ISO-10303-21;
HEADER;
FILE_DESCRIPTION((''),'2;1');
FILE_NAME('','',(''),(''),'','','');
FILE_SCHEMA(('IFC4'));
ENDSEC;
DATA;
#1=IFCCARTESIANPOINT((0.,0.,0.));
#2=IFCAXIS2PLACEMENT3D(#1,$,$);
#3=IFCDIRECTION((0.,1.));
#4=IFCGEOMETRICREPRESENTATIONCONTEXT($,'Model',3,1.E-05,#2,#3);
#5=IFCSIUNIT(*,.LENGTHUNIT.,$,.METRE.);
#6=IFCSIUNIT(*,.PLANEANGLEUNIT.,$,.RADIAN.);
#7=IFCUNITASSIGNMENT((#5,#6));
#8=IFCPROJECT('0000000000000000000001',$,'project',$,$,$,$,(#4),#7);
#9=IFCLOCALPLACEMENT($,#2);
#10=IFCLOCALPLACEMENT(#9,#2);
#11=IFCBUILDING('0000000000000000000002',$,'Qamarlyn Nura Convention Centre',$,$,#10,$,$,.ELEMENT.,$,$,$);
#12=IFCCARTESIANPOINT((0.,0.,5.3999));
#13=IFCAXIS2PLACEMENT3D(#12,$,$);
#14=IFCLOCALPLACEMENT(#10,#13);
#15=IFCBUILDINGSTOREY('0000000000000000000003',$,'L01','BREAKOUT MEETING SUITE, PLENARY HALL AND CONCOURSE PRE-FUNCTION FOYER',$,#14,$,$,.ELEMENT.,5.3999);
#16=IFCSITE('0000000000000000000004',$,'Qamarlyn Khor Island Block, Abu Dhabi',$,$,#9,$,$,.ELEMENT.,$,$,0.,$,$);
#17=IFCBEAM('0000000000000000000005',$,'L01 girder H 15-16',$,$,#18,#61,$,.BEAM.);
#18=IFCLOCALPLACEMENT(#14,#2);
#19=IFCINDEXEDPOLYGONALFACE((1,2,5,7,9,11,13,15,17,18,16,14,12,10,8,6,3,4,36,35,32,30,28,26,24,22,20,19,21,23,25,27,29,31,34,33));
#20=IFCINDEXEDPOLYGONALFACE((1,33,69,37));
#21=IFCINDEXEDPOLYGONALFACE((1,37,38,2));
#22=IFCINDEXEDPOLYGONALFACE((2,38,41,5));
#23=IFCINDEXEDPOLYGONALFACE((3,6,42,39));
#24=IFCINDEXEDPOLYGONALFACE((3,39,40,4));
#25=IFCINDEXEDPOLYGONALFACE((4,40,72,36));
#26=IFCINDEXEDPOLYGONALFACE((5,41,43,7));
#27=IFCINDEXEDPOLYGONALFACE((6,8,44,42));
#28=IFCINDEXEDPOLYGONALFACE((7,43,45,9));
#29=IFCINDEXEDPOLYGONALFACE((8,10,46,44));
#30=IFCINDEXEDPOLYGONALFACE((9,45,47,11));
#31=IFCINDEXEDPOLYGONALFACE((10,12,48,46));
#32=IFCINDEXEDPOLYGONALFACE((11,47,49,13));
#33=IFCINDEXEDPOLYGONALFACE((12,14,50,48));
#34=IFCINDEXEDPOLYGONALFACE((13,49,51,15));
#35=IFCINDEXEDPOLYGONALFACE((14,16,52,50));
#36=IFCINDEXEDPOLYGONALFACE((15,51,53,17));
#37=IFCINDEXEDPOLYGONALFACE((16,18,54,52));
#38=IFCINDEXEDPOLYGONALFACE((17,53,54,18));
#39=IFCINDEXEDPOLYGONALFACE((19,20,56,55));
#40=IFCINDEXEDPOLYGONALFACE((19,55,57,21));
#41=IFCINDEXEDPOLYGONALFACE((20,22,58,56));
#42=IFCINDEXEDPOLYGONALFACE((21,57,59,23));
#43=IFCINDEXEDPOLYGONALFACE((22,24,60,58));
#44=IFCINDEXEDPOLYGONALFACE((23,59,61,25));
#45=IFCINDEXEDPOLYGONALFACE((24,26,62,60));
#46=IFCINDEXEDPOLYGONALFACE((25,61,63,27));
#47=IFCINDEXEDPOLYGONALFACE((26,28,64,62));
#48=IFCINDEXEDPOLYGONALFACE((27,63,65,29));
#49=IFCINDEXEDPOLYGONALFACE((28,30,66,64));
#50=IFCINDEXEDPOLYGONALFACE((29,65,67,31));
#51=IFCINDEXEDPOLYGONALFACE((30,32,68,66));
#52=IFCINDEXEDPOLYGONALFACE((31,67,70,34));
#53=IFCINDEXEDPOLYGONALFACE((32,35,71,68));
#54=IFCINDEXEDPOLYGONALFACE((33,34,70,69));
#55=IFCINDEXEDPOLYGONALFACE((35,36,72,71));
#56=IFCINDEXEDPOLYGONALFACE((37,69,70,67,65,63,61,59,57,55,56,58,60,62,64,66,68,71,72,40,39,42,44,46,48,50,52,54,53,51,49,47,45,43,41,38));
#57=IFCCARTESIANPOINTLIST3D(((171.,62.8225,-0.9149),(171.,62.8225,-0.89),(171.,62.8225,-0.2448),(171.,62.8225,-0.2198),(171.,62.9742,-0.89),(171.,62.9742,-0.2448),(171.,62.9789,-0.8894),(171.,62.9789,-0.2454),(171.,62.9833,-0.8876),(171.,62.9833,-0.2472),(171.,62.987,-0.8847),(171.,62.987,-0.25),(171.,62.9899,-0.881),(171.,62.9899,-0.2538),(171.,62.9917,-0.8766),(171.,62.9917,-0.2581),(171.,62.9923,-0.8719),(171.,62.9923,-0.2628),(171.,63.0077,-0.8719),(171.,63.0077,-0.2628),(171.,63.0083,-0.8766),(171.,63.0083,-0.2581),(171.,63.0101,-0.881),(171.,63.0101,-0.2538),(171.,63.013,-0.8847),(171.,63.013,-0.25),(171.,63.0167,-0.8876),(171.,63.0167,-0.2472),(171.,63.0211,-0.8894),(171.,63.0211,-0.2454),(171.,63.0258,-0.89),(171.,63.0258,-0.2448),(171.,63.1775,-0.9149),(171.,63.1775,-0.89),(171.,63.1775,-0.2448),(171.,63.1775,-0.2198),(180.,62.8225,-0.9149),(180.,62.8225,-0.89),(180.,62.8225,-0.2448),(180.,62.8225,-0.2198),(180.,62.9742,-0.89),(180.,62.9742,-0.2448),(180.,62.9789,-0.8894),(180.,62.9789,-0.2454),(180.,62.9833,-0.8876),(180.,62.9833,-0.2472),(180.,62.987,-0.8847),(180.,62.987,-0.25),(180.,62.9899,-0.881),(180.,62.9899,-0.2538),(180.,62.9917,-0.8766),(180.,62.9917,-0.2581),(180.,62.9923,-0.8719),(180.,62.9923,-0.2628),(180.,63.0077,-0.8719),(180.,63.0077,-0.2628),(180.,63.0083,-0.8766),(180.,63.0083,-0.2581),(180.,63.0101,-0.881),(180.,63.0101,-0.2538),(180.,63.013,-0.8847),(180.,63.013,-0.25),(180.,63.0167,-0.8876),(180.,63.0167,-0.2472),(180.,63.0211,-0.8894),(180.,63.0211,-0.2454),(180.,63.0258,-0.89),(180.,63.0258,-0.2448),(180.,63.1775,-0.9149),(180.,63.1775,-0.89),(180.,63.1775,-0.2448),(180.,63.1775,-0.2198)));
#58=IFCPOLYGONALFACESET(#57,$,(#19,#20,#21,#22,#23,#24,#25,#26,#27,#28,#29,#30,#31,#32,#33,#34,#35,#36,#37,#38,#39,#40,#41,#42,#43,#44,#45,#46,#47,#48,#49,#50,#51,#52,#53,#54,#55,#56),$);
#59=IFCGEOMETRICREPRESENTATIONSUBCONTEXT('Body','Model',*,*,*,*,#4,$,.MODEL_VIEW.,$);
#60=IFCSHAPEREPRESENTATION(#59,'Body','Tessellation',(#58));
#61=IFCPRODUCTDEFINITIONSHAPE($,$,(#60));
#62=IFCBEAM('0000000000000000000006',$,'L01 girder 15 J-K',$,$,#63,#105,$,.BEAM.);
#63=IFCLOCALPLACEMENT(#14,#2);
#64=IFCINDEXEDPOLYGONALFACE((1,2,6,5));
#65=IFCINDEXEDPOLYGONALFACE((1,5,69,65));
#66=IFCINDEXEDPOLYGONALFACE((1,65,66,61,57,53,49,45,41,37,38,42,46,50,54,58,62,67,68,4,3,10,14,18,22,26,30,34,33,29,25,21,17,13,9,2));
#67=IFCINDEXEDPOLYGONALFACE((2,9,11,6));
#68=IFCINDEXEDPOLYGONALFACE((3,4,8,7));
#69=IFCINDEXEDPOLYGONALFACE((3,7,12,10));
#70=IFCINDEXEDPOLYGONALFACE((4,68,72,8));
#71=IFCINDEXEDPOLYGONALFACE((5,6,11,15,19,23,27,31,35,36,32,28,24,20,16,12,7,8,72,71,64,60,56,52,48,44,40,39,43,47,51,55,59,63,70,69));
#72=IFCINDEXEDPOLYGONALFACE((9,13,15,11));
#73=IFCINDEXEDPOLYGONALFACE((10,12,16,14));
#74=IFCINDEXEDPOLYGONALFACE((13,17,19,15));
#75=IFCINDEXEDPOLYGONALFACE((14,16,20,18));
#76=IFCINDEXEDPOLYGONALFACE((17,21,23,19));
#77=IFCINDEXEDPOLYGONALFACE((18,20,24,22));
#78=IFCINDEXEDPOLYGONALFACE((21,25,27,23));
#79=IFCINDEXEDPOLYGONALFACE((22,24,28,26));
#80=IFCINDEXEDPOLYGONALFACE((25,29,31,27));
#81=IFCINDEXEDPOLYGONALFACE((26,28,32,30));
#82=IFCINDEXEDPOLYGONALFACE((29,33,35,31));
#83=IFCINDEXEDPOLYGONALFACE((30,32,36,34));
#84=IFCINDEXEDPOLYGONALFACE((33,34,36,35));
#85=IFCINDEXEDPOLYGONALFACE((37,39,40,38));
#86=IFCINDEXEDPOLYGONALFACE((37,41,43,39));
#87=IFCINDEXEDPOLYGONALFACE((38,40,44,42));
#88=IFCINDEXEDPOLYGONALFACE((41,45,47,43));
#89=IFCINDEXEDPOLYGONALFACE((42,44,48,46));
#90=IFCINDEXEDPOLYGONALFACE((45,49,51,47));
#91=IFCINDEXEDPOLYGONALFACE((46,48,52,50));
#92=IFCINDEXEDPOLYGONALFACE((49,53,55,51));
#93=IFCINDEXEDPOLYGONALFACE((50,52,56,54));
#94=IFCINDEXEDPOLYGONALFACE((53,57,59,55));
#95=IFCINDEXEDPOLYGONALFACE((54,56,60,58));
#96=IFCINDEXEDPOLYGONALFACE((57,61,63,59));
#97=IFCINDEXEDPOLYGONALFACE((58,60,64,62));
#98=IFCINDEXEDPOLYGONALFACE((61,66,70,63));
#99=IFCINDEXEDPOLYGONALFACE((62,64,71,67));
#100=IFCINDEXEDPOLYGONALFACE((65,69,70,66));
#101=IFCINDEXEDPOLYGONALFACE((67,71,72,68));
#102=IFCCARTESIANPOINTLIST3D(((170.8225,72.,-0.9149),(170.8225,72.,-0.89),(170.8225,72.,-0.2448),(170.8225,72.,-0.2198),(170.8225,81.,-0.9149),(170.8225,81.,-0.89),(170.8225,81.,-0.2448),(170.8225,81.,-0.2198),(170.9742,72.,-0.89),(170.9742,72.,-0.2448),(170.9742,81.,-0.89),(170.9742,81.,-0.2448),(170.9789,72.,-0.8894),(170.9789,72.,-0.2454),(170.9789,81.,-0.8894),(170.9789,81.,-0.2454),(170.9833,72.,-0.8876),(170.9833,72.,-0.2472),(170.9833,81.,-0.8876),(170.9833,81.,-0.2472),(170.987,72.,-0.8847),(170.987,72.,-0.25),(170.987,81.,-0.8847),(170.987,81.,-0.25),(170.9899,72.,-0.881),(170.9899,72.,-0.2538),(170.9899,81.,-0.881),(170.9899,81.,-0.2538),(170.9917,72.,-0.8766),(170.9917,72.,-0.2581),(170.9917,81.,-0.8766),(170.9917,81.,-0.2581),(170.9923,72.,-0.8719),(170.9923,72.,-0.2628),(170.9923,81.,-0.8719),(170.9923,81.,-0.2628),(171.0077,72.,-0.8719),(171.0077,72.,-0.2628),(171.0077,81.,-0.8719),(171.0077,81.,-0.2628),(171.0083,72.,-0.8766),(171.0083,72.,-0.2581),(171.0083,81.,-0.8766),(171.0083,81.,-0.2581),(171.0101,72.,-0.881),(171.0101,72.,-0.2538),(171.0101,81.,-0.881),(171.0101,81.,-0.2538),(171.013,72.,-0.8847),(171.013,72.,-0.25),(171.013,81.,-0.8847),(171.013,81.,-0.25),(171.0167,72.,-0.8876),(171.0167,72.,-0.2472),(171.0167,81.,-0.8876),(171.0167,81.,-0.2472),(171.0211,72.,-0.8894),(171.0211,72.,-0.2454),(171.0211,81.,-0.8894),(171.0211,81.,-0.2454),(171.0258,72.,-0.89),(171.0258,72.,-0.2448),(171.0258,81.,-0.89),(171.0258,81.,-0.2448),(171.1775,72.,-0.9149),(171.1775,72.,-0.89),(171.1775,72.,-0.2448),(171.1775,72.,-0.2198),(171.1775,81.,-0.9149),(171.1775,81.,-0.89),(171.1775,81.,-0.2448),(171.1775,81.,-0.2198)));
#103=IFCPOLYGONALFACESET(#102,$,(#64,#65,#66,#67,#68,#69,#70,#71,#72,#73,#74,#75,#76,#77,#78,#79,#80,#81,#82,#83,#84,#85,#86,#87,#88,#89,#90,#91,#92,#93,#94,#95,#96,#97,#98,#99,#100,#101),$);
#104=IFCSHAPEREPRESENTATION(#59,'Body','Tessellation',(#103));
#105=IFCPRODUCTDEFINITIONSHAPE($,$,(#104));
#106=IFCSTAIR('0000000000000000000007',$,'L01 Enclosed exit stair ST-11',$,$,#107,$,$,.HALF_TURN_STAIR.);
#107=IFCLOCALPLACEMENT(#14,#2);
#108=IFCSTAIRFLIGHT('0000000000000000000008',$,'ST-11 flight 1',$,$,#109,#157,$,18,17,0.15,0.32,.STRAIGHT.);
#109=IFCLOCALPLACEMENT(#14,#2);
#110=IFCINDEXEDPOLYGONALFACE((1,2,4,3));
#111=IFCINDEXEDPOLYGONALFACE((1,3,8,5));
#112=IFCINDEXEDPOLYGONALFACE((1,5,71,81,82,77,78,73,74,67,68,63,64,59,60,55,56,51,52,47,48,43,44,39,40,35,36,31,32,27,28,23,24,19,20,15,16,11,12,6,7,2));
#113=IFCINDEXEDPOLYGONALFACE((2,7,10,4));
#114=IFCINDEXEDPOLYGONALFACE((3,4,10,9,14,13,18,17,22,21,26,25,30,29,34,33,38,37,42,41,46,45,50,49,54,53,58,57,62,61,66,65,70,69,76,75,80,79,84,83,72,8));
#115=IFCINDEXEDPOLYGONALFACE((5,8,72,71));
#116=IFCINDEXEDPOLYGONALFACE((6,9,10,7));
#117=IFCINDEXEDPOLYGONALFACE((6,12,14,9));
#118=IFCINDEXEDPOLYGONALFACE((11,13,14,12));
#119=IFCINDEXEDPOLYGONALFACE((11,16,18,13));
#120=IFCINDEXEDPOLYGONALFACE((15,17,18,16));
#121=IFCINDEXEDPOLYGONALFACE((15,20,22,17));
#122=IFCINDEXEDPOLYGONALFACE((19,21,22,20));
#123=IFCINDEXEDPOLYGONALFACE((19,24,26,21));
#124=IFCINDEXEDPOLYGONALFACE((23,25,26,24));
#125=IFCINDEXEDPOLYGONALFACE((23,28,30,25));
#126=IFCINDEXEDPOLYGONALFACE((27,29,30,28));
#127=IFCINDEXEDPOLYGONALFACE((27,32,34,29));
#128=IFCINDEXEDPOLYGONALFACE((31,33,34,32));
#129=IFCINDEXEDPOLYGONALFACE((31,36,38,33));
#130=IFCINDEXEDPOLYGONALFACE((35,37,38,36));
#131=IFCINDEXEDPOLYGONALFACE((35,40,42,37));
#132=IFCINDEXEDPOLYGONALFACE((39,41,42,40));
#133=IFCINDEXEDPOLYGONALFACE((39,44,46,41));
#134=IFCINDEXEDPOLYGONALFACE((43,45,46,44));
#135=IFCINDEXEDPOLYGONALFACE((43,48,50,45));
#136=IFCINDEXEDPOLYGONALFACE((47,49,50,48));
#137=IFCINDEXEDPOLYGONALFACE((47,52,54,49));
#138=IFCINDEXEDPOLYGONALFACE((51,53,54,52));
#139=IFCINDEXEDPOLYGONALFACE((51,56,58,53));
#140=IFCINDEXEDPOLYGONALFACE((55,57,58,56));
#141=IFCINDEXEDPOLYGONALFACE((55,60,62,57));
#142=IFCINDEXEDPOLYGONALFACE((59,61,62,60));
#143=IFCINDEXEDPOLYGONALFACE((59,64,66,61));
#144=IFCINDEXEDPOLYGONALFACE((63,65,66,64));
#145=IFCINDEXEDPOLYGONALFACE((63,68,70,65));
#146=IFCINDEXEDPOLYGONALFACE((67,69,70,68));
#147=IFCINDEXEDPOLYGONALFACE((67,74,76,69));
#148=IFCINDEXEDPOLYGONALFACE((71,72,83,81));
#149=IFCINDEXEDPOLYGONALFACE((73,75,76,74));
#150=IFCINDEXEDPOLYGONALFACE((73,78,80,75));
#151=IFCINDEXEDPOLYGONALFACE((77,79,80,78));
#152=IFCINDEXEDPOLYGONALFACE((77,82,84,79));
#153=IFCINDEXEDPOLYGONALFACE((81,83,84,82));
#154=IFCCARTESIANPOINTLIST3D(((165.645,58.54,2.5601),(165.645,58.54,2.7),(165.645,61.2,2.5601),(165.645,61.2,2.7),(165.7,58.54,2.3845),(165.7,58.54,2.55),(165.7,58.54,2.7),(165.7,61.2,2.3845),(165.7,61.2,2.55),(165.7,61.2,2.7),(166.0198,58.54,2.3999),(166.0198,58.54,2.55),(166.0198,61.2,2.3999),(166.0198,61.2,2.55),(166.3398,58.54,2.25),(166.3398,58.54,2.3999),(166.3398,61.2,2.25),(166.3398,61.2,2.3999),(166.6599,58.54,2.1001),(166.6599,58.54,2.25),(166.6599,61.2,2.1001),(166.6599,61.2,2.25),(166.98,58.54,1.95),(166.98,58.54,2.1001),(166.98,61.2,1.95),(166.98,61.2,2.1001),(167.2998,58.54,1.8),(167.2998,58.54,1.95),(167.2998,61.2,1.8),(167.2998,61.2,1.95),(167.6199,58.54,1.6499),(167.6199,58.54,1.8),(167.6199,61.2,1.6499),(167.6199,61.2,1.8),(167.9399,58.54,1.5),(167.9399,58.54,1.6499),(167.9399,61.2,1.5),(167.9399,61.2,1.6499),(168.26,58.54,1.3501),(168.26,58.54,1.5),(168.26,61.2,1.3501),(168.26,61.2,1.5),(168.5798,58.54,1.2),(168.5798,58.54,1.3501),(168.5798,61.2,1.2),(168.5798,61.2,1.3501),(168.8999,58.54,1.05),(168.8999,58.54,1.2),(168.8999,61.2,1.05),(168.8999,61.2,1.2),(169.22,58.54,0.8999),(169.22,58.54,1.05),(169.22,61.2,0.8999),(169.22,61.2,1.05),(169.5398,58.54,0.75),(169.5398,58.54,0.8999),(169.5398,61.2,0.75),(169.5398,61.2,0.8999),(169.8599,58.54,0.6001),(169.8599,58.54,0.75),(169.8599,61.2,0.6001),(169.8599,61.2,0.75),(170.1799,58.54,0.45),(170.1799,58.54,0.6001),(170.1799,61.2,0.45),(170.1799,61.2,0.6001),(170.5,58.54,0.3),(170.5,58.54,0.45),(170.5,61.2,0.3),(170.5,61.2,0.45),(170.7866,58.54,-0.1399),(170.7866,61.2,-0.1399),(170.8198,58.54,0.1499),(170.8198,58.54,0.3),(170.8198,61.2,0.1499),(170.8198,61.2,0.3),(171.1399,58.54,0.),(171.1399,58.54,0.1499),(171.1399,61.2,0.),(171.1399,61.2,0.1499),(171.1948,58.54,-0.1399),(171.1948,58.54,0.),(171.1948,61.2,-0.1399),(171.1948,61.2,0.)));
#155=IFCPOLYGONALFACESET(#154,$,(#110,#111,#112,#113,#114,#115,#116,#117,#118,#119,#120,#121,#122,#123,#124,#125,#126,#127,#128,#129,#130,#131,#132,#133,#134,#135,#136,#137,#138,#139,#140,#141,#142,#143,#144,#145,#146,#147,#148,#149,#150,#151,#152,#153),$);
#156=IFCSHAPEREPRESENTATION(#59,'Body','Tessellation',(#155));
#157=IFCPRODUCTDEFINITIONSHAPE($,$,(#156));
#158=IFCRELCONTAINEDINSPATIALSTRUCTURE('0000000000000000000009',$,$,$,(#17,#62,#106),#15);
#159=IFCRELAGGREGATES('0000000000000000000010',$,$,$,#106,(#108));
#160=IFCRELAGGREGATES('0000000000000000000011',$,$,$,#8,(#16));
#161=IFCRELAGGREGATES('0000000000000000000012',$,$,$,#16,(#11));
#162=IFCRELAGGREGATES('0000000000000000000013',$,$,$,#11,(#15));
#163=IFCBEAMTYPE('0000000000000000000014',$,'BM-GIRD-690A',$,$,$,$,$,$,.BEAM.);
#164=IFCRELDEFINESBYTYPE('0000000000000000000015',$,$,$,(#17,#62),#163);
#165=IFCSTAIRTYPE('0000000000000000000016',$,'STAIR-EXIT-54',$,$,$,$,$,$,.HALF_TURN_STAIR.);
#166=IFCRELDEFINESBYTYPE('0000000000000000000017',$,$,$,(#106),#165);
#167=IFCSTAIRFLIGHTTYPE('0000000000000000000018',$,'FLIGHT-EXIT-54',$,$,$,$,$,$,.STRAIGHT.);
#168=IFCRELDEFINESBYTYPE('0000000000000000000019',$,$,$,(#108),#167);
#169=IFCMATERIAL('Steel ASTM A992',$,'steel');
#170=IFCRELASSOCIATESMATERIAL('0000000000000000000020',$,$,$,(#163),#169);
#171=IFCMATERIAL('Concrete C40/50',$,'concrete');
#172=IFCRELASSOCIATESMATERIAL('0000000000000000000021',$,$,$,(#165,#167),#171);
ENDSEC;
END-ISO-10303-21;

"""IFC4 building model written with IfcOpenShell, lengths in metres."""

from ifc_helpers import new_model, si_unit, direction, frame, origin, origin_2d, place, context, subcontext, project, spatial, polyline, i_section, outline, extrude, material, material_profile, profile_set, type_object, element, aggregate, save


model = new_model("IFC4")

# Units and contexts
model_context = context("Model", 3, precision=1e-05, world=origin(), true_north=direction((0.0, 1.0)))
body_context = subcontext(model_context, "Body", "Model", "MODEL_VIEW")
ifc_project = project(units=[si_unit("LENGTHUNIT", "METRE"), si_unit("PLANEANGLEUNIT", "RADIAN")], contexts=[model_context])

# Site, building, storey
site_placement = place(None, origin())
site = spatial("IfcSite", under=ifc_project, at=site_placement, Name="Qamarlyn Khor Island Block, Abu Dhabi", CompositionType="ELEMENT", RefElevation=0.0)
building_placement = place(site_placement, origin())
building = spatial("IfcBuilding", under=site, at=building_placement, Name="Qamarlyn Nura Convention Centre", CompositionType="ELEMENT")
storey_placement = place(building_placement, frame((0.0, 0.0, 5.3999)))
storey = spatial("IfcBuildingStorey", under=building, at=storey_placement, Name="L01", Description="BREAKOUT MEETING SUITE, PLENARY HALL AND CONCOURSE PRE-FUNCTION FOYER", CompositionType="ELEMENT", Elevation=5.3999)

# Shared definitions
ifc_material_1 = material(Name="Steel ASTM A992", Category="steel")

# Beams
ifc_material_profile_1 = material_profile(ifc_material_1, i_section(OverallWidth=0.355, OverallDepth=0.6951, WebThickness=0.0154, FlangeThickness=0.0249, FilletRadius=0.0181, at=origin_2d()), Name="W690X217")
ifc_profile_set_1 = profile_set([ifc_material_profile_1], Name="Steel ASTM A992")
beam_type_1 = type_object("IfcBeamType", Name="BM-GIRD-690A", PredefinedType="BEAM", material=ifc_profile_set_1)
for number, where, z_axis, x_axis, name in (
    (1, (171.0, 63.0, -0.5674), (1.0, 0.0, 0.0), (0.0, 1.0, 0.0), "L01 girder H 15-16"),
    (2, (171.0, 72.0, -0.5674), (0.0, 1.0, 0.0), (-1.0, 0.0, 0.0), "L01 girder 15 J-K"),
):
    element("IfcBeam", number, at=place(storey_placement, frame(where, z_axis=z_axis, x_axis=x_axis)), inside=storey, type_object=beam_type_1, Name=name, PredefinedType="BEAM", context=body_context, shape_type="SweptSolid", body=[
        extrude(i_section(OverallWidth=0.355, OverallDepth=0.6951, WebThickness=0.0154, FlangeThickness=0.0249, FilletRadius=0.0181, at=origin_2d()), origin(), (0.0, 0.0, 1.0), 9.0),
    ])

# Stair, stair flight
ifc_material_2 = material(Name="Concrete C40/50", Category="concrete")
stair_type = type_object("IfcStairType", Name="STAIR-EXIT-54", PredefinedType="HALF_TURN_STAIR", material=ifc_material_2)
stair_1_placement = place(storey_placement, origin())
stair_1 = element("IfcStair", 3, at=stair_1_placement, inside=storey, type_object=stair_type, Name="L01 Enclosed exit stair ST-11", PredefinedType="HALF_TURN_STAIR")
stair_flight_type = type_object("IfcStairFlightType", Name="FLIGHT-EXIT-54", PredefinedType="STRAIGHT", material=ifc_material_2)
stair_flight_1_placement = place(storey_placement, frame((171.1399, 59.8701, 0.0), z_axis=(0.0, 0.0, 1.0), x_axis=(-1.0, 0.0, 0.0)))
stair_flight_1 = element("IfcStairFlight", 4, at=stair_flight_1_placement, type_object=stair_flight_type, Name="ST-11 flight 1", NumberOfRisers=18, NumberOfTreads=17, PredefinedType="STRAIGHT", RiserHeight=0.15, TreadLength=0.32, context=body_context, shape_type="SweptSolid", body=[
    extrude(outline(polyline([(-0.0549, 0.0), (0.0, 0.0), (0.0, 0.1499), (0.3201, 0.1499), (0.3201, 0.3), (0.6399, 0.3), (0.6399, 0.45), (0.96, 0.45), (0.96, 0.6001), (1.28, 0.6001), (1.28, 0.75), (1.6001, 0.75), (1.6001, 0.8999), (1.9199, 0.8999), (1.9199, 1.05), (2.24, 1.05), (2.24, 1.2), (2.5601, 1.2), (2.5601, 1.3501), (2.8799, 1.3501), (2.8799, 1.5), (3.2, 1.5), (3.2, 1.6499), (3.52, 1.6499), (3.52, 1.8), (3.8401, 1.8), (3.8401, 1.95), (4.1599, 1.95), (4.1599, 2.1001), (4.48, 2.1001), (4.48, 2.25), (4.8, 2.25), (4.8, 2.3999), (5.1201, 2.3999), (5.1201, 2.55), (5.4399, 2.55), (5.4399, 2.7), (5.4949, 2.7), (5.4949, 2.5601), (5.4399, 2.3845), (0.3533, -0.1399), (-0.0549, -0.1399), (-0.0549, 0.0)])), frame((0.0, 1.3301, 0.0), z_axis=(0.0, -1.0, 0.0), x_axis=(1.0, 0.0, 0.0)), (0.0, 0.0, 1.0), 2.6599),
])
aggregate(stair_1, [stair_flight_1])

save(model, "model.ifc")
